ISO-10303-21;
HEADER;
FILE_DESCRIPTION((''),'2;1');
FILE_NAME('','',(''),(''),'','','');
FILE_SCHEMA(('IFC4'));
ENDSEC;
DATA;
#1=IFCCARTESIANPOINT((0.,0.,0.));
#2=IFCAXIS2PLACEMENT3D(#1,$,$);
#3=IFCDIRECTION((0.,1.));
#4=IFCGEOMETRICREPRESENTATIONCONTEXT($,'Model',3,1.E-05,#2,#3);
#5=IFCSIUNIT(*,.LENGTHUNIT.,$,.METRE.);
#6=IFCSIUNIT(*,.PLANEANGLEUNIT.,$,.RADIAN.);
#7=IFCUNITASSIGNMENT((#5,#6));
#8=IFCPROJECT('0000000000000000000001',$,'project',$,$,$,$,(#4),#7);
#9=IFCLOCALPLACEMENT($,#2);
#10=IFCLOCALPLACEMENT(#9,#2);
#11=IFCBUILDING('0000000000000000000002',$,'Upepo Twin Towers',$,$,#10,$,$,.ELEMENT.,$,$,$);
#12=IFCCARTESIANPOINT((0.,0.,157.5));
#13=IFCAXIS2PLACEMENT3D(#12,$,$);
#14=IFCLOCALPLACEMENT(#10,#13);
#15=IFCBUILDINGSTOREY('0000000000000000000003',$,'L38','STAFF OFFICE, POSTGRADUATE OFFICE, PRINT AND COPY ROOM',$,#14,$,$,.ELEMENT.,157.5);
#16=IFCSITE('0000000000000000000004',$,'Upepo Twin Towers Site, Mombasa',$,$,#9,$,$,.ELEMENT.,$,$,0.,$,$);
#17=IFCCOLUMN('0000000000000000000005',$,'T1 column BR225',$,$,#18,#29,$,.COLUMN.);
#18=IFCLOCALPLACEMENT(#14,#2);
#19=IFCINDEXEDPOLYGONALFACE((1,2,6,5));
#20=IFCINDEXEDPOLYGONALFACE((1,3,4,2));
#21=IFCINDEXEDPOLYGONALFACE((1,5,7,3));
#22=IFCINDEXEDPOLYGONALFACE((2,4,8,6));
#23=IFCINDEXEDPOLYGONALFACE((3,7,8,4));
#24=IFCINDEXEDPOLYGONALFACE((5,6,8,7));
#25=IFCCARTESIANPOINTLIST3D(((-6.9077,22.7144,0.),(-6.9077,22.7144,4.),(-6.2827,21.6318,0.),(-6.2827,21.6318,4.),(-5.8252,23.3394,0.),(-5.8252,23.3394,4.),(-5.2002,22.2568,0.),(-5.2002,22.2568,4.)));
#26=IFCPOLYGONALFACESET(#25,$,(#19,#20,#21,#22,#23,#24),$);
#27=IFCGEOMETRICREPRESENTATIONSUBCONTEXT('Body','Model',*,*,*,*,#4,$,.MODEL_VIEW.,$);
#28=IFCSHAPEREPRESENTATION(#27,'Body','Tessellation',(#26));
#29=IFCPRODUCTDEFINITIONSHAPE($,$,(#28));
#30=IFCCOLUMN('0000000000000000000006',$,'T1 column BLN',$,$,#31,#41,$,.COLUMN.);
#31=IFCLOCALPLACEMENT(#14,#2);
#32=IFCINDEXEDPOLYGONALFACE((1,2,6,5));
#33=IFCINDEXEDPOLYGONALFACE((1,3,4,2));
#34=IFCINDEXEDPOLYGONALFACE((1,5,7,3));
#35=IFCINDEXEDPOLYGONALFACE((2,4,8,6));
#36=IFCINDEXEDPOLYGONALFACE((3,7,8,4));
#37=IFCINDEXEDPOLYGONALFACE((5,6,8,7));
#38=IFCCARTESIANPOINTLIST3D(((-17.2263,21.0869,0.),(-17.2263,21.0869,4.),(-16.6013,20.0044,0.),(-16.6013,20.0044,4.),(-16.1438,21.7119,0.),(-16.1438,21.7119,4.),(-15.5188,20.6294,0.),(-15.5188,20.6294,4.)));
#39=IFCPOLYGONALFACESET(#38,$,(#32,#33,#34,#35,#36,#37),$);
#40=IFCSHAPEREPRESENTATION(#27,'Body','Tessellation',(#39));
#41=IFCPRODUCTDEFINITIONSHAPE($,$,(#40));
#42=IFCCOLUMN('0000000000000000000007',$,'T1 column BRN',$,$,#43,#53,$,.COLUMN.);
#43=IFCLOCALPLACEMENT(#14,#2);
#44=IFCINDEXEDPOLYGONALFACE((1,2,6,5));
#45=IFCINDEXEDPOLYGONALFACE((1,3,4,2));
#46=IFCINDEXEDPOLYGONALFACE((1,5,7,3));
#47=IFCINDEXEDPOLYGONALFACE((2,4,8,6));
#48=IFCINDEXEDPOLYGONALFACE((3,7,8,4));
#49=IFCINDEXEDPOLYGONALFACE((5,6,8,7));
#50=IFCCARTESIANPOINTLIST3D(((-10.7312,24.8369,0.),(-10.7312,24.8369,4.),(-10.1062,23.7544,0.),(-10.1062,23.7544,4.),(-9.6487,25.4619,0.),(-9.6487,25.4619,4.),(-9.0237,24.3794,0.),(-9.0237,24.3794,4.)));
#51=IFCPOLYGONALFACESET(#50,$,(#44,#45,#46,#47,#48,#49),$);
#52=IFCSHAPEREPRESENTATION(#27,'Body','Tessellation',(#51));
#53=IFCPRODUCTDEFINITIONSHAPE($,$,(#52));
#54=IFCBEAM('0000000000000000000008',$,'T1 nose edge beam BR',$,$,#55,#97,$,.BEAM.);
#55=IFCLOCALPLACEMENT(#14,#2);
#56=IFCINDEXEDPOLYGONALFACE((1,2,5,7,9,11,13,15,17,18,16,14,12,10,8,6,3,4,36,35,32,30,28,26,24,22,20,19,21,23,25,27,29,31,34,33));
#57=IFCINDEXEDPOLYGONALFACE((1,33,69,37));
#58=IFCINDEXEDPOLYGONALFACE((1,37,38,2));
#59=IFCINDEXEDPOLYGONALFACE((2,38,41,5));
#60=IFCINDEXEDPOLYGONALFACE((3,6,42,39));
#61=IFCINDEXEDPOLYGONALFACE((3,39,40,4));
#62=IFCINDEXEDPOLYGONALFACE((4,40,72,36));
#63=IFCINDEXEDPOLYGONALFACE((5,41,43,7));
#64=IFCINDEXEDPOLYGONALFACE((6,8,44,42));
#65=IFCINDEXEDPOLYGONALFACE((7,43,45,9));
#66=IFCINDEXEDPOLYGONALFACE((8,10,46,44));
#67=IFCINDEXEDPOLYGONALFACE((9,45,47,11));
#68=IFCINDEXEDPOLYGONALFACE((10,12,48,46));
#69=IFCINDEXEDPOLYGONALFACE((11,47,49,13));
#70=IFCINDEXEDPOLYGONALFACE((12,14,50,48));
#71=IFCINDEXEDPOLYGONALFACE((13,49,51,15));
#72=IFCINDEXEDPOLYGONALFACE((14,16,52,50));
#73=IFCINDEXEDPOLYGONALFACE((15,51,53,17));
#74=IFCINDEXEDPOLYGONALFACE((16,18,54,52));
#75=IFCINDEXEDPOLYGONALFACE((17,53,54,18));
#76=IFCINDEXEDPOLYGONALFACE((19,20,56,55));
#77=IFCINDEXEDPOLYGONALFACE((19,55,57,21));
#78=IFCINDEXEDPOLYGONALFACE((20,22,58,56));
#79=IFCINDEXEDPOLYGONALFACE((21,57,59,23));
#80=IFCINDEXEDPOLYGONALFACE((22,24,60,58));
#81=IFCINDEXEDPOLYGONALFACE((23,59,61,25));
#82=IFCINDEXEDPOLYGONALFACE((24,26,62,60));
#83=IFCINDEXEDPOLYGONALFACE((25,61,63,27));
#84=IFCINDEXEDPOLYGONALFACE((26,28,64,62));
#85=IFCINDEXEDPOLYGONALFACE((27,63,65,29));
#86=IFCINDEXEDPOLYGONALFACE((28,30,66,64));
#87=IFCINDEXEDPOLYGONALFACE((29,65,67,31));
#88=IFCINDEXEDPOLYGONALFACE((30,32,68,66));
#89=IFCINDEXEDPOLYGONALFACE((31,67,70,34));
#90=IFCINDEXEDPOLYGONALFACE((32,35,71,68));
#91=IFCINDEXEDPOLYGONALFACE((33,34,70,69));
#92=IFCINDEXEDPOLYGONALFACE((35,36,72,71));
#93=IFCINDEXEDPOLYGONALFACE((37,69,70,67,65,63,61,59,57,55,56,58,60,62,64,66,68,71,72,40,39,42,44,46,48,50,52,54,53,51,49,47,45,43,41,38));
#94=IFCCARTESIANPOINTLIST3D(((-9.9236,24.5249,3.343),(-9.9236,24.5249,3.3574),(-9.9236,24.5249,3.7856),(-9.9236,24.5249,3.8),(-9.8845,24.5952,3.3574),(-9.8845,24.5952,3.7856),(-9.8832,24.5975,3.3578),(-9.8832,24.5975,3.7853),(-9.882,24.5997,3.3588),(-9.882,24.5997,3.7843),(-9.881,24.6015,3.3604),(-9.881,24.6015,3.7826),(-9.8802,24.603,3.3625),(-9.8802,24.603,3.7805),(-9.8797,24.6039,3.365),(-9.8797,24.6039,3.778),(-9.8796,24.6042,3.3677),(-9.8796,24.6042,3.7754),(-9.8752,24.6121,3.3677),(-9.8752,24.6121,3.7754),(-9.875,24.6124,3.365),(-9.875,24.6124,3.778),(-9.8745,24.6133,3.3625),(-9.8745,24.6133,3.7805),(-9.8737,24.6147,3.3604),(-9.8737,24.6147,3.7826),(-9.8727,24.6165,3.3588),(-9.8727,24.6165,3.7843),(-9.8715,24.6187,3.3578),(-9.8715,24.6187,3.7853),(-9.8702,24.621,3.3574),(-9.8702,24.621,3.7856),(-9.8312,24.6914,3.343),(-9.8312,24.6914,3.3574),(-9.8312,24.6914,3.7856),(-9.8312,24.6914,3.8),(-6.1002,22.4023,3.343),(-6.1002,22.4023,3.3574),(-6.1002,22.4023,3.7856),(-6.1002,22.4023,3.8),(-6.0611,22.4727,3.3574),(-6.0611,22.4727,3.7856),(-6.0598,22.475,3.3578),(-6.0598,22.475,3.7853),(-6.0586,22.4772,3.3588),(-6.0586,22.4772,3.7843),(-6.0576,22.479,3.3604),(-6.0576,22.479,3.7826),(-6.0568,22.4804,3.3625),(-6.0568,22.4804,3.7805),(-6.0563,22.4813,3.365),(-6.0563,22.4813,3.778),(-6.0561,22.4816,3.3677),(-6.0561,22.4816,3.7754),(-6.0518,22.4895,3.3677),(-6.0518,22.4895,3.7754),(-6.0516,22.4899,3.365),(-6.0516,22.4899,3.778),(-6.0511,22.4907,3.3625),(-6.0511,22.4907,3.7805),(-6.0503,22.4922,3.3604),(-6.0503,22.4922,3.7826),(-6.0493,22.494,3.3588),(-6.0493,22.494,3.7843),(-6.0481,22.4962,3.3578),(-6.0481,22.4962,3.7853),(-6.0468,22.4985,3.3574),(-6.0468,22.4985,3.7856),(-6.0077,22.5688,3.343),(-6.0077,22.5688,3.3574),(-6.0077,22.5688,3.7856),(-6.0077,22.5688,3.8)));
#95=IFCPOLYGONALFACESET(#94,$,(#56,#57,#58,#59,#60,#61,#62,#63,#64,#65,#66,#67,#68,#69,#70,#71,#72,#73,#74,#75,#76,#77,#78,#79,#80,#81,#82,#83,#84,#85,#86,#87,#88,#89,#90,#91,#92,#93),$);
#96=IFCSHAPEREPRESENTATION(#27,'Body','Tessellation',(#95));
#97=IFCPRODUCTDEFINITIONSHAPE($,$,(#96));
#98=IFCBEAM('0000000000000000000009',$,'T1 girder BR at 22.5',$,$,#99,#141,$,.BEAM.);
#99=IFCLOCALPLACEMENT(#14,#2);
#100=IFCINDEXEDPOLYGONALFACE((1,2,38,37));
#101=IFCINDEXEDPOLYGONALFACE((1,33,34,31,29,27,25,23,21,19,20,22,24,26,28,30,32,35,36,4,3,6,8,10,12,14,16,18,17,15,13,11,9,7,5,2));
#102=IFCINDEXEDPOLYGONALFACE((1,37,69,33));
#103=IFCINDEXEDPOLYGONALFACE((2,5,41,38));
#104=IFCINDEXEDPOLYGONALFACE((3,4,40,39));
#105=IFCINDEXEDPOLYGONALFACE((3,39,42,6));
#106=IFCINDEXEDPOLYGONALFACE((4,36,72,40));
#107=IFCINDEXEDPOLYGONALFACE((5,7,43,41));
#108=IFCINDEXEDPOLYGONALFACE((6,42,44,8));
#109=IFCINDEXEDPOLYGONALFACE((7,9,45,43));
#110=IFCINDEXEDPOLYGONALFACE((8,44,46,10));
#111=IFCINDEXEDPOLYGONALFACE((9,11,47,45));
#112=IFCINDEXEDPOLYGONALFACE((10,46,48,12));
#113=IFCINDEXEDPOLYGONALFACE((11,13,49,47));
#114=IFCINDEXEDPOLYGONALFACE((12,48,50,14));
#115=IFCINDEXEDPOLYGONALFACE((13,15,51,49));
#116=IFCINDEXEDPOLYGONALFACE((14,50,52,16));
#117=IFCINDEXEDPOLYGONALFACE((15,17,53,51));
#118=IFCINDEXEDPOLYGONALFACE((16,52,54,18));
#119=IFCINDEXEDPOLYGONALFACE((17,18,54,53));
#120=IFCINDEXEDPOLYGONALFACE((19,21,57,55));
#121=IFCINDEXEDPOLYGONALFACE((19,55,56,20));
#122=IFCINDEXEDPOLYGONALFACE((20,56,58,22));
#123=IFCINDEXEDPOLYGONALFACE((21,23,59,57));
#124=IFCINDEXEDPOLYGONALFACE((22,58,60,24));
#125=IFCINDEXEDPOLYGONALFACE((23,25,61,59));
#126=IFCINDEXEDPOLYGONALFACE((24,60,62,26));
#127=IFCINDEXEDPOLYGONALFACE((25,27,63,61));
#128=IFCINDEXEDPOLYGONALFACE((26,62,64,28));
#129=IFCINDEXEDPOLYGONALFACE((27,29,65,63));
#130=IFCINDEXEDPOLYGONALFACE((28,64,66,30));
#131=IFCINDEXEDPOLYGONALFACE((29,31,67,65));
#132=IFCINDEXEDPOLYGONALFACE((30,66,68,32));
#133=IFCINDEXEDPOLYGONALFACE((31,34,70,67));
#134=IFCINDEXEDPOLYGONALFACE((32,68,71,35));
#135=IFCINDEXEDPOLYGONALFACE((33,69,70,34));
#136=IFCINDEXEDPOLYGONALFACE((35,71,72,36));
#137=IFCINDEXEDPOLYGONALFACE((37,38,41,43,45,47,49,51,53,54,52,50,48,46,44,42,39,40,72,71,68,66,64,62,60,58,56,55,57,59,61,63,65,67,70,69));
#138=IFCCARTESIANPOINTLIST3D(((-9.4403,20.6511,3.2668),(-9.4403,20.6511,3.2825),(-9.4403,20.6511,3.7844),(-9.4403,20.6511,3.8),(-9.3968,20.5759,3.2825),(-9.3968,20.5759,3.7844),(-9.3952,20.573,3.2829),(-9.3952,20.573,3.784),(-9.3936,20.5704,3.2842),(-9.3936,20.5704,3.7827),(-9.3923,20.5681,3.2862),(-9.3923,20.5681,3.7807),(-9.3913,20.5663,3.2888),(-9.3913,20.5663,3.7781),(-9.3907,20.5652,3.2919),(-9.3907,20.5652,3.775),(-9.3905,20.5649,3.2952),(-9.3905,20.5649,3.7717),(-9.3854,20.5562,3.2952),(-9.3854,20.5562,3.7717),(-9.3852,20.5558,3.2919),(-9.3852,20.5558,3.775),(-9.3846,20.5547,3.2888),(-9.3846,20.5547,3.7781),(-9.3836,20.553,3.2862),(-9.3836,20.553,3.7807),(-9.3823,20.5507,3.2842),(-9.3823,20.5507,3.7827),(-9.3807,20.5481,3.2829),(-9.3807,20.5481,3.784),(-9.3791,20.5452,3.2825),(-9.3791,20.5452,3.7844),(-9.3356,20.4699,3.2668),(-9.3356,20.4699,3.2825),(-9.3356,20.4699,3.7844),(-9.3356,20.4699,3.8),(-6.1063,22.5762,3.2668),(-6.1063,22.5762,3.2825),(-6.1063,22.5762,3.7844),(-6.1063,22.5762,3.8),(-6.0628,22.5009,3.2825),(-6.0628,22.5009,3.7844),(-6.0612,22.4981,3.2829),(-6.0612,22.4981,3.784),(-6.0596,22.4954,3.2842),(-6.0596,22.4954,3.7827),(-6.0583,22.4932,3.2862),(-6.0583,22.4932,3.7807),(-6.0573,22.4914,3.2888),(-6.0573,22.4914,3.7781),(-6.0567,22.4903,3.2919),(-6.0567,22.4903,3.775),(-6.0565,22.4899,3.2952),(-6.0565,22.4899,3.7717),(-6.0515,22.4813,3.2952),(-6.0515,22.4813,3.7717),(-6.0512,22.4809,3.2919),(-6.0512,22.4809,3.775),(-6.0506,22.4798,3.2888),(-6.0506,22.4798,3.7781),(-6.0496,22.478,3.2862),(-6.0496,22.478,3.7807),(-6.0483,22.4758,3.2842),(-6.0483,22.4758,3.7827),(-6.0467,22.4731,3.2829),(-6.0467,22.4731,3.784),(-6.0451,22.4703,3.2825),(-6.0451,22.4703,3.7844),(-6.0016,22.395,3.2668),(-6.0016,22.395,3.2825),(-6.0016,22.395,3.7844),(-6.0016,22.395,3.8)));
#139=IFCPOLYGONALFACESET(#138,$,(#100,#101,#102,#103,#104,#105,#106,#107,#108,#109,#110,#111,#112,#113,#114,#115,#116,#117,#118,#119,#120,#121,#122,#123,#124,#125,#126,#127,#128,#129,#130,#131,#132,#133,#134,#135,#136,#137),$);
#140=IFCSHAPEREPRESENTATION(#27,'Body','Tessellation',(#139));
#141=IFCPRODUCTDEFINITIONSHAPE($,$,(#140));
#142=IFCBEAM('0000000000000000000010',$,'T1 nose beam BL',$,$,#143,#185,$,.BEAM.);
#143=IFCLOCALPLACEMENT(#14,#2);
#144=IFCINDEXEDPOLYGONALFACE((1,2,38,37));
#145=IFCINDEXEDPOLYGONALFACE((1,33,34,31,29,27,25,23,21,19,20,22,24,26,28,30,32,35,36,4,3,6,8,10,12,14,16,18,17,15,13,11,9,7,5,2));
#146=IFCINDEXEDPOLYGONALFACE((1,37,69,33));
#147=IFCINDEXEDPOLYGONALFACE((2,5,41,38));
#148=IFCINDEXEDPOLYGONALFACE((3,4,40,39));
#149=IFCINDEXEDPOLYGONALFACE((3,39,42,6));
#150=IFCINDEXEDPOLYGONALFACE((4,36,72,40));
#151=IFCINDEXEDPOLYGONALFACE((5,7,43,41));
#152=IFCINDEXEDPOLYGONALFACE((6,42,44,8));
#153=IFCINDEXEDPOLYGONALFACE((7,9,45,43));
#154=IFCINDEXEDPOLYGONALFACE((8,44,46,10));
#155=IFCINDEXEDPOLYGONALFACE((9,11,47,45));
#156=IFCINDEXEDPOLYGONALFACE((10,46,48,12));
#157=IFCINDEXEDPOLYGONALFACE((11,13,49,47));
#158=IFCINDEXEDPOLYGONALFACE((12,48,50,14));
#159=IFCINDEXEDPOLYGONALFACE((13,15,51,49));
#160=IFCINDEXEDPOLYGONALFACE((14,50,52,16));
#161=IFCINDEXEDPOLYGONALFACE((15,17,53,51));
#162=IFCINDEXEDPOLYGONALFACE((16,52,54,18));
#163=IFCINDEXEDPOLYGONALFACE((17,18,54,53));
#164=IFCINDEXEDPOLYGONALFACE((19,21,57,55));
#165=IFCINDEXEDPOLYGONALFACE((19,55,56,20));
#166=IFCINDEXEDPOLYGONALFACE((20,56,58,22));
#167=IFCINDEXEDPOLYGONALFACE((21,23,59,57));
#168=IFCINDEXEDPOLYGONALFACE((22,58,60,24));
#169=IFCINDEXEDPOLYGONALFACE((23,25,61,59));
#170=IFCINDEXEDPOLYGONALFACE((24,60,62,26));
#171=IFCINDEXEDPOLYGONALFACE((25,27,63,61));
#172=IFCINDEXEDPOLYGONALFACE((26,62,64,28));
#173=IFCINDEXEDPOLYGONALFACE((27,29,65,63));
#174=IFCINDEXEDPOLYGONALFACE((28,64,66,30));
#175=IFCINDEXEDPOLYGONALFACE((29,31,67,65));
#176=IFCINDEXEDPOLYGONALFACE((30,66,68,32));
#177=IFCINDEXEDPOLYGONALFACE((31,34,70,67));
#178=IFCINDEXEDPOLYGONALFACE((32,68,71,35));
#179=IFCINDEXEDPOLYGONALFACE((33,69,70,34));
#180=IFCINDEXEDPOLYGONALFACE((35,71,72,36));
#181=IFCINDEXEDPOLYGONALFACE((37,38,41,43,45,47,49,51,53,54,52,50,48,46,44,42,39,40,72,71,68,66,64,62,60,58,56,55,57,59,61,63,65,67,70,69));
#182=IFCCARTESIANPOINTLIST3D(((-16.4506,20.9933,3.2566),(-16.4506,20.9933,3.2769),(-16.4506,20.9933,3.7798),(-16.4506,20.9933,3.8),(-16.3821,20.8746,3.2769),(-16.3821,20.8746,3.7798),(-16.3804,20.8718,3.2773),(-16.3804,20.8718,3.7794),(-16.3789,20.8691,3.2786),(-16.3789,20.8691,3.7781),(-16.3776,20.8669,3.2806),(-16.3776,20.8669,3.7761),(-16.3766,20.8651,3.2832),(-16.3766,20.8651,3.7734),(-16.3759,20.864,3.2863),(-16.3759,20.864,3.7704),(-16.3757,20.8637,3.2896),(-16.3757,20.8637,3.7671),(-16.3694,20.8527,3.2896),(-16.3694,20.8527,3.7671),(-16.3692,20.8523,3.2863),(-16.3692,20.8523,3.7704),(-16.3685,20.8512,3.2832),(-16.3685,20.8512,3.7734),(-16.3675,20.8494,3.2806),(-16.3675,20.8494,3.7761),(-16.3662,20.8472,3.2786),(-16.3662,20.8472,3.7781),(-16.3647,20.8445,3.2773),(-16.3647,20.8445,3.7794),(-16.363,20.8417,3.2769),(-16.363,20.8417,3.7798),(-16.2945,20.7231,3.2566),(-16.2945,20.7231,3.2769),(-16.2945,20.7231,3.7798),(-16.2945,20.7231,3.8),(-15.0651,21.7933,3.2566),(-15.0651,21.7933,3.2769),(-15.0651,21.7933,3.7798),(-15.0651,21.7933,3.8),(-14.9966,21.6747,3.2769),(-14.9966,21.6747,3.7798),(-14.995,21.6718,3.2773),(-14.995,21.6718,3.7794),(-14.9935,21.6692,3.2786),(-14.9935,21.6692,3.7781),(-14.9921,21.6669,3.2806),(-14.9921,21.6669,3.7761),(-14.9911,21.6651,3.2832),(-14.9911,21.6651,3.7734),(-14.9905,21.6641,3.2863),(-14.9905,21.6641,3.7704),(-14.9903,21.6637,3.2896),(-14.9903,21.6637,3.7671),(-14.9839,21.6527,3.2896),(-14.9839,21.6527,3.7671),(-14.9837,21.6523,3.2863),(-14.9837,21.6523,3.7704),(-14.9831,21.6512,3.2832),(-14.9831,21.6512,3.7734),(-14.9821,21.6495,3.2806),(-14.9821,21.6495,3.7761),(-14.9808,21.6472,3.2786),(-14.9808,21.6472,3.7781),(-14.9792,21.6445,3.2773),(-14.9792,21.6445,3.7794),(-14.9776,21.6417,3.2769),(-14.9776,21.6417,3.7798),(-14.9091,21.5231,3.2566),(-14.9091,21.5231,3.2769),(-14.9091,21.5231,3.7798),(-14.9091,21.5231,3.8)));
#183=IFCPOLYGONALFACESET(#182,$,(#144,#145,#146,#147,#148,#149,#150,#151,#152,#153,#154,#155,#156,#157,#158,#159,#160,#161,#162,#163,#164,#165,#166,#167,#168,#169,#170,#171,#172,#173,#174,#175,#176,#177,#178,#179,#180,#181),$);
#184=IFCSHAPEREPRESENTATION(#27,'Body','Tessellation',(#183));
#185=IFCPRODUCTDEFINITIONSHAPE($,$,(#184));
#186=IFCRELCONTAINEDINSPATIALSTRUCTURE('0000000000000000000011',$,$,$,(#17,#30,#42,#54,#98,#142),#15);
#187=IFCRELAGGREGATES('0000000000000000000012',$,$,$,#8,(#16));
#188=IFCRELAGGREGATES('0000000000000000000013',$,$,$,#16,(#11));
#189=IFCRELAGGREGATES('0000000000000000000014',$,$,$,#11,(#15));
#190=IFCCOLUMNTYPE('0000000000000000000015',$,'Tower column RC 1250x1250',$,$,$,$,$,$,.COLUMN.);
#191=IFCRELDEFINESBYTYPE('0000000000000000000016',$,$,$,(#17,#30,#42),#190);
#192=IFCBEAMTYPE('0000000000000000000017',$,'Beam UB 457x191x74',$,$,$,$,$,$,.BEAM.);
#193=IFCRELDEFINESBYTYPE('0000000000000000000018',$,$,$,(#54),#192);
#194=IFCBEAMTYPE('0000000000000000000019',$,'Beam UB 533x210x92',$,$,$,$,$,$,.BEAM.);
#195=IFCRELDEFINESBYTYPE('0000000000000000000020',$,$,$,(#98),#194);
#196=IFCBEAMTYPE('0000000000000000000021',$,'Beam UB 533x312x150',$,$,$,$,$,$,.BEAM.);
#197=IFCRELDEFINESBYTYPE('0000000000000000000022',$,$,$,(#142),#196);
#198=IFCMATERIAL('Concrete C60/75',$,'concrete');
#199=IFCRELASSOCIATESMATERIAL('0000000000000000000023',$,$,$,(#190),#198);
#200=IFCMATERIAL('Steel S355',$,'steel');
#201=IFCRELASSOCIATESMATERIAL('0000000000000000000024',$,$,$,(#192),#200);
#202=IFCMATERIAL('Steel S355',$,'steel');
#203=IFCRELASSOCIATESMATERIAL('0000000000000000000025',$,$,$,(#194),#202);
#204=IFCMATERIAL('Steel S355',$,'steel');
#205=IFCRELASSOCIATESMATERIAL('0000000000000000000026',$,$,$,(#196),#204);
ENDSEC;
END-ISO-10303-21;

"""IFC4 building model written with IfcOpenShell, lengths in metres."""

from ifc_helpers import new_model, si_unit, direction, frame, origin, origin_2d, place, context, subcontext, project, spatial, rectangle, i_section, extrude, material, material_profile, profile_set, type_object, element, save


model = new_model("IFC4")

# Units and contexts
model_context = context("Model", 3, precision=1e-05, world=origin(), true_north=direction((0.0, 1.0)))
body_context = subcontext(model_context, "Body", "Model", "MODEL_VIEW")
ifc_project = project(units=[si_unit("LENGTHUNIT", "METRE"), si_unit("PLANEANGLEUNIT", "RADIAN")], contexts=[model_context])

# Site, building, storey
site_placement = place(None, origin())
site = spatial("IfcSite", under=ifc_project, at=site_placement, Name="Upepo Twin Towers Site, Mombasa", CompositionType="ELEMENT", RefElevation=0.0)
building_placement = place(site_placement, origin())
building = spatial("IfcBuilding", under=site, at=building_placement, Name="Upepo Twin Towers", CompositionType="ELEMENT")
storey_placement = place(building_placement, frame((0.0, 0.0, 157.5)))
storey = spatial("IfcBuildingStorey", under=building, at=storey_placement, Name="L38", Description="STAFF OFFICE, POSTGRADUATE OFFICE, PRINT AND COPY ROOM", CompositionType="ELEMENT", Elevation=157.5)

# Columns
ifc_material_1 = material(Name="Concrete C60/75", Category="concrete")
ifc_material_profile_1 = material_profile(ifc_material_1, rectangle(XDim=1.25, YDim=1.25, at=origin_2d()), Name="RC 1250x1250")
ifc_profile_set_1 = profile_set([ifc_material_profile_1], Name="Concrete C60/75")
column_type = type_object("IfcColumnType", Name="Tower column RC 1250x1250", PredefinedType="COLUMN", material=ifc_profile_set_1)
for number, where, z_axis, x_axis, name in (
    (1, (-6.054, 22.4856, 0.0), (0.0, 0.0, 1.0), (0.866025, 0.5, 0.0), "T1 column BR225"),
    (2, (-16.3726, 20.8582, 0.0), (0.0, 0.0, 1.0), (0.866025, 0.5, 0.0), "T1 column BLN"),
    (3, (-9.8774, 24.6082, 0.0), (0.0, 0.0, 1.0), (0.866025, 0.5, 0.0), "T1 column BRN"),
):
    element("IfcColumn", number, at=place(storey_placement, frame(where, z_axis=z_axis, x_axis=x_axis)), inside=storey, type_object=column_type, Name=name, PredefinedType="COLUMN", context=body_context, shape_type="SweptSolid", body=[
        extrude(rectangle(XDim=1.25, YDim=1.25, at=origin_2d()), origin(), (0.0, 0.0, 1.0), 4.0),
    ])

# Beams
ifc_material_2 = material(Name="Steel S355", Category="steel")
ifc_material_profile_2 = material_profile(ifc_material_2, i_section(OverallWidth=0.1904, OverallDepth=0.457, WebThickness=0.009, FlangeThickness=0.0144, FilletRadius=0.0103, at=origin_2d()), Name="UB 457x191x74")
ifc_profile_set_2 = profile_set([ifc_material_profile_2], Name="Steel S355")
beam_type_1 = type_object("IfcBeamType", Name="Beam UB 457x191x74", PredefinedType="BEAM", material=ifc_profile_set_2)
beam_1_placement = place(storey_placement, frame((-6.054, 22.4856, 3.5715), z_axis=(-0.874313, 0.485363, 0.0), x_axis=(-0.485363, -0.874313, 0.0)))
element("IfcBeam", 4, at=beam_1_placement, inside=storey, type_object=beam_type_1, Name="T1 nose edge beam BR", PredefinedType="BEAM", context=body_context, shape_type="SweptSolid", body=[
    extrude(i_section(OverallWidth=0.1904, OverallDepth=0.457, WebThickness=0.009, FlangeThickness=0.0144, FilletRadius=0.0103, at=origin_2d()), origin(), (0.0, 0.0, 1.0), 4.373),
])
ifc_material_3 = material(Name="Steel S355", Category="steel")
ifc_material_profile_3 = material_profile(ifc_material_3, i_section(OverallWidth=0.2092, OverallDepth=0.5332, WebThickness=0.01, FlangeThickness=0.0156, FilletRadius=0.0127, at=origin_2d()), Name="UB 533x210x92")
ifc_profile_set_3 = profile_set([ifc_material_profile_3], Name="Steel S355")
beam_type_2 = type_object("IfcBeamType", Name="Beam UB 533x210x92", PredefinedType="BEAM", material=ifc_profile_set_3)
beam_2_placement = place(storey_placement, frame((-6.054, 22.4856, 3.5334), z_axis=(-0.866006, -0.500034, 0.0), x_axis=(0.500034, -0.866006, 0.0)))
element("IfcBeam", 5, at=beam_2_placement, inside=storey, type_object=beam_type_2, Name="T1 girder BR at 22.5", PredefinedType="BEAM", context=body_context, shape_type="SweptSolid", body=[
    extrude(i_section(OverallWidth=0.2092, OverallDepth=0.5332, WebThickness=0.01, FlangeThickness=0.0156, FilletRadius=0.0127, at=origin_2d()), origin(), (0.0, 0.0, 1.0), 3.8499),
])
ifc_material_4 = material(Name="Steel S355", Category="steel")
ifc_material_profile_4 = material_profile(ifc_material_4, i_section(OverallWidth=0.312, OverallDepth=0.5435, WebThickness=0.0127, FlangeThickness=0.0203, FilletRadius=0.0127, at=origin_2d()), Name="UB 533x312x150")
ifc_profile_set_4 = profile_set([ifc_material_profile_4], Name="Steel S355")
beam_type_3 = type_object("IfcBeamType", Name="Beam UB 533x312x150", PredefinedType="BEAM", material=ifc_profile_set_4)
for number, where, z_axis, x_axis, name in (
    (6, (-16.3726, 20.8582, 3.5283), (0.86599, 0.500061, 0.0), (-0.500061, 0.86599, 0.0), "T1 nose beam BL"),
):
    element("IfcBeam", number, at=place(storey_placement, frame(where, z_axis=z_axis, x_axis=x_axis)), inside=storey, type_object=beam_type_3, Name=name, PredefinedType="BEAM", context=body_context, shape_type="SweptSolid", body=[
        extrude(i_section(OverallWidth=0.312, OverallDepth=0.5435, WebThickness=0.0127, FlangeThickness=0.0203, FilletRadius=0.0127, at=origin_2d()), origin(), (0.0, 0.0, 1.0), 1.5999),
    ])

save(model, "model.ifc")
